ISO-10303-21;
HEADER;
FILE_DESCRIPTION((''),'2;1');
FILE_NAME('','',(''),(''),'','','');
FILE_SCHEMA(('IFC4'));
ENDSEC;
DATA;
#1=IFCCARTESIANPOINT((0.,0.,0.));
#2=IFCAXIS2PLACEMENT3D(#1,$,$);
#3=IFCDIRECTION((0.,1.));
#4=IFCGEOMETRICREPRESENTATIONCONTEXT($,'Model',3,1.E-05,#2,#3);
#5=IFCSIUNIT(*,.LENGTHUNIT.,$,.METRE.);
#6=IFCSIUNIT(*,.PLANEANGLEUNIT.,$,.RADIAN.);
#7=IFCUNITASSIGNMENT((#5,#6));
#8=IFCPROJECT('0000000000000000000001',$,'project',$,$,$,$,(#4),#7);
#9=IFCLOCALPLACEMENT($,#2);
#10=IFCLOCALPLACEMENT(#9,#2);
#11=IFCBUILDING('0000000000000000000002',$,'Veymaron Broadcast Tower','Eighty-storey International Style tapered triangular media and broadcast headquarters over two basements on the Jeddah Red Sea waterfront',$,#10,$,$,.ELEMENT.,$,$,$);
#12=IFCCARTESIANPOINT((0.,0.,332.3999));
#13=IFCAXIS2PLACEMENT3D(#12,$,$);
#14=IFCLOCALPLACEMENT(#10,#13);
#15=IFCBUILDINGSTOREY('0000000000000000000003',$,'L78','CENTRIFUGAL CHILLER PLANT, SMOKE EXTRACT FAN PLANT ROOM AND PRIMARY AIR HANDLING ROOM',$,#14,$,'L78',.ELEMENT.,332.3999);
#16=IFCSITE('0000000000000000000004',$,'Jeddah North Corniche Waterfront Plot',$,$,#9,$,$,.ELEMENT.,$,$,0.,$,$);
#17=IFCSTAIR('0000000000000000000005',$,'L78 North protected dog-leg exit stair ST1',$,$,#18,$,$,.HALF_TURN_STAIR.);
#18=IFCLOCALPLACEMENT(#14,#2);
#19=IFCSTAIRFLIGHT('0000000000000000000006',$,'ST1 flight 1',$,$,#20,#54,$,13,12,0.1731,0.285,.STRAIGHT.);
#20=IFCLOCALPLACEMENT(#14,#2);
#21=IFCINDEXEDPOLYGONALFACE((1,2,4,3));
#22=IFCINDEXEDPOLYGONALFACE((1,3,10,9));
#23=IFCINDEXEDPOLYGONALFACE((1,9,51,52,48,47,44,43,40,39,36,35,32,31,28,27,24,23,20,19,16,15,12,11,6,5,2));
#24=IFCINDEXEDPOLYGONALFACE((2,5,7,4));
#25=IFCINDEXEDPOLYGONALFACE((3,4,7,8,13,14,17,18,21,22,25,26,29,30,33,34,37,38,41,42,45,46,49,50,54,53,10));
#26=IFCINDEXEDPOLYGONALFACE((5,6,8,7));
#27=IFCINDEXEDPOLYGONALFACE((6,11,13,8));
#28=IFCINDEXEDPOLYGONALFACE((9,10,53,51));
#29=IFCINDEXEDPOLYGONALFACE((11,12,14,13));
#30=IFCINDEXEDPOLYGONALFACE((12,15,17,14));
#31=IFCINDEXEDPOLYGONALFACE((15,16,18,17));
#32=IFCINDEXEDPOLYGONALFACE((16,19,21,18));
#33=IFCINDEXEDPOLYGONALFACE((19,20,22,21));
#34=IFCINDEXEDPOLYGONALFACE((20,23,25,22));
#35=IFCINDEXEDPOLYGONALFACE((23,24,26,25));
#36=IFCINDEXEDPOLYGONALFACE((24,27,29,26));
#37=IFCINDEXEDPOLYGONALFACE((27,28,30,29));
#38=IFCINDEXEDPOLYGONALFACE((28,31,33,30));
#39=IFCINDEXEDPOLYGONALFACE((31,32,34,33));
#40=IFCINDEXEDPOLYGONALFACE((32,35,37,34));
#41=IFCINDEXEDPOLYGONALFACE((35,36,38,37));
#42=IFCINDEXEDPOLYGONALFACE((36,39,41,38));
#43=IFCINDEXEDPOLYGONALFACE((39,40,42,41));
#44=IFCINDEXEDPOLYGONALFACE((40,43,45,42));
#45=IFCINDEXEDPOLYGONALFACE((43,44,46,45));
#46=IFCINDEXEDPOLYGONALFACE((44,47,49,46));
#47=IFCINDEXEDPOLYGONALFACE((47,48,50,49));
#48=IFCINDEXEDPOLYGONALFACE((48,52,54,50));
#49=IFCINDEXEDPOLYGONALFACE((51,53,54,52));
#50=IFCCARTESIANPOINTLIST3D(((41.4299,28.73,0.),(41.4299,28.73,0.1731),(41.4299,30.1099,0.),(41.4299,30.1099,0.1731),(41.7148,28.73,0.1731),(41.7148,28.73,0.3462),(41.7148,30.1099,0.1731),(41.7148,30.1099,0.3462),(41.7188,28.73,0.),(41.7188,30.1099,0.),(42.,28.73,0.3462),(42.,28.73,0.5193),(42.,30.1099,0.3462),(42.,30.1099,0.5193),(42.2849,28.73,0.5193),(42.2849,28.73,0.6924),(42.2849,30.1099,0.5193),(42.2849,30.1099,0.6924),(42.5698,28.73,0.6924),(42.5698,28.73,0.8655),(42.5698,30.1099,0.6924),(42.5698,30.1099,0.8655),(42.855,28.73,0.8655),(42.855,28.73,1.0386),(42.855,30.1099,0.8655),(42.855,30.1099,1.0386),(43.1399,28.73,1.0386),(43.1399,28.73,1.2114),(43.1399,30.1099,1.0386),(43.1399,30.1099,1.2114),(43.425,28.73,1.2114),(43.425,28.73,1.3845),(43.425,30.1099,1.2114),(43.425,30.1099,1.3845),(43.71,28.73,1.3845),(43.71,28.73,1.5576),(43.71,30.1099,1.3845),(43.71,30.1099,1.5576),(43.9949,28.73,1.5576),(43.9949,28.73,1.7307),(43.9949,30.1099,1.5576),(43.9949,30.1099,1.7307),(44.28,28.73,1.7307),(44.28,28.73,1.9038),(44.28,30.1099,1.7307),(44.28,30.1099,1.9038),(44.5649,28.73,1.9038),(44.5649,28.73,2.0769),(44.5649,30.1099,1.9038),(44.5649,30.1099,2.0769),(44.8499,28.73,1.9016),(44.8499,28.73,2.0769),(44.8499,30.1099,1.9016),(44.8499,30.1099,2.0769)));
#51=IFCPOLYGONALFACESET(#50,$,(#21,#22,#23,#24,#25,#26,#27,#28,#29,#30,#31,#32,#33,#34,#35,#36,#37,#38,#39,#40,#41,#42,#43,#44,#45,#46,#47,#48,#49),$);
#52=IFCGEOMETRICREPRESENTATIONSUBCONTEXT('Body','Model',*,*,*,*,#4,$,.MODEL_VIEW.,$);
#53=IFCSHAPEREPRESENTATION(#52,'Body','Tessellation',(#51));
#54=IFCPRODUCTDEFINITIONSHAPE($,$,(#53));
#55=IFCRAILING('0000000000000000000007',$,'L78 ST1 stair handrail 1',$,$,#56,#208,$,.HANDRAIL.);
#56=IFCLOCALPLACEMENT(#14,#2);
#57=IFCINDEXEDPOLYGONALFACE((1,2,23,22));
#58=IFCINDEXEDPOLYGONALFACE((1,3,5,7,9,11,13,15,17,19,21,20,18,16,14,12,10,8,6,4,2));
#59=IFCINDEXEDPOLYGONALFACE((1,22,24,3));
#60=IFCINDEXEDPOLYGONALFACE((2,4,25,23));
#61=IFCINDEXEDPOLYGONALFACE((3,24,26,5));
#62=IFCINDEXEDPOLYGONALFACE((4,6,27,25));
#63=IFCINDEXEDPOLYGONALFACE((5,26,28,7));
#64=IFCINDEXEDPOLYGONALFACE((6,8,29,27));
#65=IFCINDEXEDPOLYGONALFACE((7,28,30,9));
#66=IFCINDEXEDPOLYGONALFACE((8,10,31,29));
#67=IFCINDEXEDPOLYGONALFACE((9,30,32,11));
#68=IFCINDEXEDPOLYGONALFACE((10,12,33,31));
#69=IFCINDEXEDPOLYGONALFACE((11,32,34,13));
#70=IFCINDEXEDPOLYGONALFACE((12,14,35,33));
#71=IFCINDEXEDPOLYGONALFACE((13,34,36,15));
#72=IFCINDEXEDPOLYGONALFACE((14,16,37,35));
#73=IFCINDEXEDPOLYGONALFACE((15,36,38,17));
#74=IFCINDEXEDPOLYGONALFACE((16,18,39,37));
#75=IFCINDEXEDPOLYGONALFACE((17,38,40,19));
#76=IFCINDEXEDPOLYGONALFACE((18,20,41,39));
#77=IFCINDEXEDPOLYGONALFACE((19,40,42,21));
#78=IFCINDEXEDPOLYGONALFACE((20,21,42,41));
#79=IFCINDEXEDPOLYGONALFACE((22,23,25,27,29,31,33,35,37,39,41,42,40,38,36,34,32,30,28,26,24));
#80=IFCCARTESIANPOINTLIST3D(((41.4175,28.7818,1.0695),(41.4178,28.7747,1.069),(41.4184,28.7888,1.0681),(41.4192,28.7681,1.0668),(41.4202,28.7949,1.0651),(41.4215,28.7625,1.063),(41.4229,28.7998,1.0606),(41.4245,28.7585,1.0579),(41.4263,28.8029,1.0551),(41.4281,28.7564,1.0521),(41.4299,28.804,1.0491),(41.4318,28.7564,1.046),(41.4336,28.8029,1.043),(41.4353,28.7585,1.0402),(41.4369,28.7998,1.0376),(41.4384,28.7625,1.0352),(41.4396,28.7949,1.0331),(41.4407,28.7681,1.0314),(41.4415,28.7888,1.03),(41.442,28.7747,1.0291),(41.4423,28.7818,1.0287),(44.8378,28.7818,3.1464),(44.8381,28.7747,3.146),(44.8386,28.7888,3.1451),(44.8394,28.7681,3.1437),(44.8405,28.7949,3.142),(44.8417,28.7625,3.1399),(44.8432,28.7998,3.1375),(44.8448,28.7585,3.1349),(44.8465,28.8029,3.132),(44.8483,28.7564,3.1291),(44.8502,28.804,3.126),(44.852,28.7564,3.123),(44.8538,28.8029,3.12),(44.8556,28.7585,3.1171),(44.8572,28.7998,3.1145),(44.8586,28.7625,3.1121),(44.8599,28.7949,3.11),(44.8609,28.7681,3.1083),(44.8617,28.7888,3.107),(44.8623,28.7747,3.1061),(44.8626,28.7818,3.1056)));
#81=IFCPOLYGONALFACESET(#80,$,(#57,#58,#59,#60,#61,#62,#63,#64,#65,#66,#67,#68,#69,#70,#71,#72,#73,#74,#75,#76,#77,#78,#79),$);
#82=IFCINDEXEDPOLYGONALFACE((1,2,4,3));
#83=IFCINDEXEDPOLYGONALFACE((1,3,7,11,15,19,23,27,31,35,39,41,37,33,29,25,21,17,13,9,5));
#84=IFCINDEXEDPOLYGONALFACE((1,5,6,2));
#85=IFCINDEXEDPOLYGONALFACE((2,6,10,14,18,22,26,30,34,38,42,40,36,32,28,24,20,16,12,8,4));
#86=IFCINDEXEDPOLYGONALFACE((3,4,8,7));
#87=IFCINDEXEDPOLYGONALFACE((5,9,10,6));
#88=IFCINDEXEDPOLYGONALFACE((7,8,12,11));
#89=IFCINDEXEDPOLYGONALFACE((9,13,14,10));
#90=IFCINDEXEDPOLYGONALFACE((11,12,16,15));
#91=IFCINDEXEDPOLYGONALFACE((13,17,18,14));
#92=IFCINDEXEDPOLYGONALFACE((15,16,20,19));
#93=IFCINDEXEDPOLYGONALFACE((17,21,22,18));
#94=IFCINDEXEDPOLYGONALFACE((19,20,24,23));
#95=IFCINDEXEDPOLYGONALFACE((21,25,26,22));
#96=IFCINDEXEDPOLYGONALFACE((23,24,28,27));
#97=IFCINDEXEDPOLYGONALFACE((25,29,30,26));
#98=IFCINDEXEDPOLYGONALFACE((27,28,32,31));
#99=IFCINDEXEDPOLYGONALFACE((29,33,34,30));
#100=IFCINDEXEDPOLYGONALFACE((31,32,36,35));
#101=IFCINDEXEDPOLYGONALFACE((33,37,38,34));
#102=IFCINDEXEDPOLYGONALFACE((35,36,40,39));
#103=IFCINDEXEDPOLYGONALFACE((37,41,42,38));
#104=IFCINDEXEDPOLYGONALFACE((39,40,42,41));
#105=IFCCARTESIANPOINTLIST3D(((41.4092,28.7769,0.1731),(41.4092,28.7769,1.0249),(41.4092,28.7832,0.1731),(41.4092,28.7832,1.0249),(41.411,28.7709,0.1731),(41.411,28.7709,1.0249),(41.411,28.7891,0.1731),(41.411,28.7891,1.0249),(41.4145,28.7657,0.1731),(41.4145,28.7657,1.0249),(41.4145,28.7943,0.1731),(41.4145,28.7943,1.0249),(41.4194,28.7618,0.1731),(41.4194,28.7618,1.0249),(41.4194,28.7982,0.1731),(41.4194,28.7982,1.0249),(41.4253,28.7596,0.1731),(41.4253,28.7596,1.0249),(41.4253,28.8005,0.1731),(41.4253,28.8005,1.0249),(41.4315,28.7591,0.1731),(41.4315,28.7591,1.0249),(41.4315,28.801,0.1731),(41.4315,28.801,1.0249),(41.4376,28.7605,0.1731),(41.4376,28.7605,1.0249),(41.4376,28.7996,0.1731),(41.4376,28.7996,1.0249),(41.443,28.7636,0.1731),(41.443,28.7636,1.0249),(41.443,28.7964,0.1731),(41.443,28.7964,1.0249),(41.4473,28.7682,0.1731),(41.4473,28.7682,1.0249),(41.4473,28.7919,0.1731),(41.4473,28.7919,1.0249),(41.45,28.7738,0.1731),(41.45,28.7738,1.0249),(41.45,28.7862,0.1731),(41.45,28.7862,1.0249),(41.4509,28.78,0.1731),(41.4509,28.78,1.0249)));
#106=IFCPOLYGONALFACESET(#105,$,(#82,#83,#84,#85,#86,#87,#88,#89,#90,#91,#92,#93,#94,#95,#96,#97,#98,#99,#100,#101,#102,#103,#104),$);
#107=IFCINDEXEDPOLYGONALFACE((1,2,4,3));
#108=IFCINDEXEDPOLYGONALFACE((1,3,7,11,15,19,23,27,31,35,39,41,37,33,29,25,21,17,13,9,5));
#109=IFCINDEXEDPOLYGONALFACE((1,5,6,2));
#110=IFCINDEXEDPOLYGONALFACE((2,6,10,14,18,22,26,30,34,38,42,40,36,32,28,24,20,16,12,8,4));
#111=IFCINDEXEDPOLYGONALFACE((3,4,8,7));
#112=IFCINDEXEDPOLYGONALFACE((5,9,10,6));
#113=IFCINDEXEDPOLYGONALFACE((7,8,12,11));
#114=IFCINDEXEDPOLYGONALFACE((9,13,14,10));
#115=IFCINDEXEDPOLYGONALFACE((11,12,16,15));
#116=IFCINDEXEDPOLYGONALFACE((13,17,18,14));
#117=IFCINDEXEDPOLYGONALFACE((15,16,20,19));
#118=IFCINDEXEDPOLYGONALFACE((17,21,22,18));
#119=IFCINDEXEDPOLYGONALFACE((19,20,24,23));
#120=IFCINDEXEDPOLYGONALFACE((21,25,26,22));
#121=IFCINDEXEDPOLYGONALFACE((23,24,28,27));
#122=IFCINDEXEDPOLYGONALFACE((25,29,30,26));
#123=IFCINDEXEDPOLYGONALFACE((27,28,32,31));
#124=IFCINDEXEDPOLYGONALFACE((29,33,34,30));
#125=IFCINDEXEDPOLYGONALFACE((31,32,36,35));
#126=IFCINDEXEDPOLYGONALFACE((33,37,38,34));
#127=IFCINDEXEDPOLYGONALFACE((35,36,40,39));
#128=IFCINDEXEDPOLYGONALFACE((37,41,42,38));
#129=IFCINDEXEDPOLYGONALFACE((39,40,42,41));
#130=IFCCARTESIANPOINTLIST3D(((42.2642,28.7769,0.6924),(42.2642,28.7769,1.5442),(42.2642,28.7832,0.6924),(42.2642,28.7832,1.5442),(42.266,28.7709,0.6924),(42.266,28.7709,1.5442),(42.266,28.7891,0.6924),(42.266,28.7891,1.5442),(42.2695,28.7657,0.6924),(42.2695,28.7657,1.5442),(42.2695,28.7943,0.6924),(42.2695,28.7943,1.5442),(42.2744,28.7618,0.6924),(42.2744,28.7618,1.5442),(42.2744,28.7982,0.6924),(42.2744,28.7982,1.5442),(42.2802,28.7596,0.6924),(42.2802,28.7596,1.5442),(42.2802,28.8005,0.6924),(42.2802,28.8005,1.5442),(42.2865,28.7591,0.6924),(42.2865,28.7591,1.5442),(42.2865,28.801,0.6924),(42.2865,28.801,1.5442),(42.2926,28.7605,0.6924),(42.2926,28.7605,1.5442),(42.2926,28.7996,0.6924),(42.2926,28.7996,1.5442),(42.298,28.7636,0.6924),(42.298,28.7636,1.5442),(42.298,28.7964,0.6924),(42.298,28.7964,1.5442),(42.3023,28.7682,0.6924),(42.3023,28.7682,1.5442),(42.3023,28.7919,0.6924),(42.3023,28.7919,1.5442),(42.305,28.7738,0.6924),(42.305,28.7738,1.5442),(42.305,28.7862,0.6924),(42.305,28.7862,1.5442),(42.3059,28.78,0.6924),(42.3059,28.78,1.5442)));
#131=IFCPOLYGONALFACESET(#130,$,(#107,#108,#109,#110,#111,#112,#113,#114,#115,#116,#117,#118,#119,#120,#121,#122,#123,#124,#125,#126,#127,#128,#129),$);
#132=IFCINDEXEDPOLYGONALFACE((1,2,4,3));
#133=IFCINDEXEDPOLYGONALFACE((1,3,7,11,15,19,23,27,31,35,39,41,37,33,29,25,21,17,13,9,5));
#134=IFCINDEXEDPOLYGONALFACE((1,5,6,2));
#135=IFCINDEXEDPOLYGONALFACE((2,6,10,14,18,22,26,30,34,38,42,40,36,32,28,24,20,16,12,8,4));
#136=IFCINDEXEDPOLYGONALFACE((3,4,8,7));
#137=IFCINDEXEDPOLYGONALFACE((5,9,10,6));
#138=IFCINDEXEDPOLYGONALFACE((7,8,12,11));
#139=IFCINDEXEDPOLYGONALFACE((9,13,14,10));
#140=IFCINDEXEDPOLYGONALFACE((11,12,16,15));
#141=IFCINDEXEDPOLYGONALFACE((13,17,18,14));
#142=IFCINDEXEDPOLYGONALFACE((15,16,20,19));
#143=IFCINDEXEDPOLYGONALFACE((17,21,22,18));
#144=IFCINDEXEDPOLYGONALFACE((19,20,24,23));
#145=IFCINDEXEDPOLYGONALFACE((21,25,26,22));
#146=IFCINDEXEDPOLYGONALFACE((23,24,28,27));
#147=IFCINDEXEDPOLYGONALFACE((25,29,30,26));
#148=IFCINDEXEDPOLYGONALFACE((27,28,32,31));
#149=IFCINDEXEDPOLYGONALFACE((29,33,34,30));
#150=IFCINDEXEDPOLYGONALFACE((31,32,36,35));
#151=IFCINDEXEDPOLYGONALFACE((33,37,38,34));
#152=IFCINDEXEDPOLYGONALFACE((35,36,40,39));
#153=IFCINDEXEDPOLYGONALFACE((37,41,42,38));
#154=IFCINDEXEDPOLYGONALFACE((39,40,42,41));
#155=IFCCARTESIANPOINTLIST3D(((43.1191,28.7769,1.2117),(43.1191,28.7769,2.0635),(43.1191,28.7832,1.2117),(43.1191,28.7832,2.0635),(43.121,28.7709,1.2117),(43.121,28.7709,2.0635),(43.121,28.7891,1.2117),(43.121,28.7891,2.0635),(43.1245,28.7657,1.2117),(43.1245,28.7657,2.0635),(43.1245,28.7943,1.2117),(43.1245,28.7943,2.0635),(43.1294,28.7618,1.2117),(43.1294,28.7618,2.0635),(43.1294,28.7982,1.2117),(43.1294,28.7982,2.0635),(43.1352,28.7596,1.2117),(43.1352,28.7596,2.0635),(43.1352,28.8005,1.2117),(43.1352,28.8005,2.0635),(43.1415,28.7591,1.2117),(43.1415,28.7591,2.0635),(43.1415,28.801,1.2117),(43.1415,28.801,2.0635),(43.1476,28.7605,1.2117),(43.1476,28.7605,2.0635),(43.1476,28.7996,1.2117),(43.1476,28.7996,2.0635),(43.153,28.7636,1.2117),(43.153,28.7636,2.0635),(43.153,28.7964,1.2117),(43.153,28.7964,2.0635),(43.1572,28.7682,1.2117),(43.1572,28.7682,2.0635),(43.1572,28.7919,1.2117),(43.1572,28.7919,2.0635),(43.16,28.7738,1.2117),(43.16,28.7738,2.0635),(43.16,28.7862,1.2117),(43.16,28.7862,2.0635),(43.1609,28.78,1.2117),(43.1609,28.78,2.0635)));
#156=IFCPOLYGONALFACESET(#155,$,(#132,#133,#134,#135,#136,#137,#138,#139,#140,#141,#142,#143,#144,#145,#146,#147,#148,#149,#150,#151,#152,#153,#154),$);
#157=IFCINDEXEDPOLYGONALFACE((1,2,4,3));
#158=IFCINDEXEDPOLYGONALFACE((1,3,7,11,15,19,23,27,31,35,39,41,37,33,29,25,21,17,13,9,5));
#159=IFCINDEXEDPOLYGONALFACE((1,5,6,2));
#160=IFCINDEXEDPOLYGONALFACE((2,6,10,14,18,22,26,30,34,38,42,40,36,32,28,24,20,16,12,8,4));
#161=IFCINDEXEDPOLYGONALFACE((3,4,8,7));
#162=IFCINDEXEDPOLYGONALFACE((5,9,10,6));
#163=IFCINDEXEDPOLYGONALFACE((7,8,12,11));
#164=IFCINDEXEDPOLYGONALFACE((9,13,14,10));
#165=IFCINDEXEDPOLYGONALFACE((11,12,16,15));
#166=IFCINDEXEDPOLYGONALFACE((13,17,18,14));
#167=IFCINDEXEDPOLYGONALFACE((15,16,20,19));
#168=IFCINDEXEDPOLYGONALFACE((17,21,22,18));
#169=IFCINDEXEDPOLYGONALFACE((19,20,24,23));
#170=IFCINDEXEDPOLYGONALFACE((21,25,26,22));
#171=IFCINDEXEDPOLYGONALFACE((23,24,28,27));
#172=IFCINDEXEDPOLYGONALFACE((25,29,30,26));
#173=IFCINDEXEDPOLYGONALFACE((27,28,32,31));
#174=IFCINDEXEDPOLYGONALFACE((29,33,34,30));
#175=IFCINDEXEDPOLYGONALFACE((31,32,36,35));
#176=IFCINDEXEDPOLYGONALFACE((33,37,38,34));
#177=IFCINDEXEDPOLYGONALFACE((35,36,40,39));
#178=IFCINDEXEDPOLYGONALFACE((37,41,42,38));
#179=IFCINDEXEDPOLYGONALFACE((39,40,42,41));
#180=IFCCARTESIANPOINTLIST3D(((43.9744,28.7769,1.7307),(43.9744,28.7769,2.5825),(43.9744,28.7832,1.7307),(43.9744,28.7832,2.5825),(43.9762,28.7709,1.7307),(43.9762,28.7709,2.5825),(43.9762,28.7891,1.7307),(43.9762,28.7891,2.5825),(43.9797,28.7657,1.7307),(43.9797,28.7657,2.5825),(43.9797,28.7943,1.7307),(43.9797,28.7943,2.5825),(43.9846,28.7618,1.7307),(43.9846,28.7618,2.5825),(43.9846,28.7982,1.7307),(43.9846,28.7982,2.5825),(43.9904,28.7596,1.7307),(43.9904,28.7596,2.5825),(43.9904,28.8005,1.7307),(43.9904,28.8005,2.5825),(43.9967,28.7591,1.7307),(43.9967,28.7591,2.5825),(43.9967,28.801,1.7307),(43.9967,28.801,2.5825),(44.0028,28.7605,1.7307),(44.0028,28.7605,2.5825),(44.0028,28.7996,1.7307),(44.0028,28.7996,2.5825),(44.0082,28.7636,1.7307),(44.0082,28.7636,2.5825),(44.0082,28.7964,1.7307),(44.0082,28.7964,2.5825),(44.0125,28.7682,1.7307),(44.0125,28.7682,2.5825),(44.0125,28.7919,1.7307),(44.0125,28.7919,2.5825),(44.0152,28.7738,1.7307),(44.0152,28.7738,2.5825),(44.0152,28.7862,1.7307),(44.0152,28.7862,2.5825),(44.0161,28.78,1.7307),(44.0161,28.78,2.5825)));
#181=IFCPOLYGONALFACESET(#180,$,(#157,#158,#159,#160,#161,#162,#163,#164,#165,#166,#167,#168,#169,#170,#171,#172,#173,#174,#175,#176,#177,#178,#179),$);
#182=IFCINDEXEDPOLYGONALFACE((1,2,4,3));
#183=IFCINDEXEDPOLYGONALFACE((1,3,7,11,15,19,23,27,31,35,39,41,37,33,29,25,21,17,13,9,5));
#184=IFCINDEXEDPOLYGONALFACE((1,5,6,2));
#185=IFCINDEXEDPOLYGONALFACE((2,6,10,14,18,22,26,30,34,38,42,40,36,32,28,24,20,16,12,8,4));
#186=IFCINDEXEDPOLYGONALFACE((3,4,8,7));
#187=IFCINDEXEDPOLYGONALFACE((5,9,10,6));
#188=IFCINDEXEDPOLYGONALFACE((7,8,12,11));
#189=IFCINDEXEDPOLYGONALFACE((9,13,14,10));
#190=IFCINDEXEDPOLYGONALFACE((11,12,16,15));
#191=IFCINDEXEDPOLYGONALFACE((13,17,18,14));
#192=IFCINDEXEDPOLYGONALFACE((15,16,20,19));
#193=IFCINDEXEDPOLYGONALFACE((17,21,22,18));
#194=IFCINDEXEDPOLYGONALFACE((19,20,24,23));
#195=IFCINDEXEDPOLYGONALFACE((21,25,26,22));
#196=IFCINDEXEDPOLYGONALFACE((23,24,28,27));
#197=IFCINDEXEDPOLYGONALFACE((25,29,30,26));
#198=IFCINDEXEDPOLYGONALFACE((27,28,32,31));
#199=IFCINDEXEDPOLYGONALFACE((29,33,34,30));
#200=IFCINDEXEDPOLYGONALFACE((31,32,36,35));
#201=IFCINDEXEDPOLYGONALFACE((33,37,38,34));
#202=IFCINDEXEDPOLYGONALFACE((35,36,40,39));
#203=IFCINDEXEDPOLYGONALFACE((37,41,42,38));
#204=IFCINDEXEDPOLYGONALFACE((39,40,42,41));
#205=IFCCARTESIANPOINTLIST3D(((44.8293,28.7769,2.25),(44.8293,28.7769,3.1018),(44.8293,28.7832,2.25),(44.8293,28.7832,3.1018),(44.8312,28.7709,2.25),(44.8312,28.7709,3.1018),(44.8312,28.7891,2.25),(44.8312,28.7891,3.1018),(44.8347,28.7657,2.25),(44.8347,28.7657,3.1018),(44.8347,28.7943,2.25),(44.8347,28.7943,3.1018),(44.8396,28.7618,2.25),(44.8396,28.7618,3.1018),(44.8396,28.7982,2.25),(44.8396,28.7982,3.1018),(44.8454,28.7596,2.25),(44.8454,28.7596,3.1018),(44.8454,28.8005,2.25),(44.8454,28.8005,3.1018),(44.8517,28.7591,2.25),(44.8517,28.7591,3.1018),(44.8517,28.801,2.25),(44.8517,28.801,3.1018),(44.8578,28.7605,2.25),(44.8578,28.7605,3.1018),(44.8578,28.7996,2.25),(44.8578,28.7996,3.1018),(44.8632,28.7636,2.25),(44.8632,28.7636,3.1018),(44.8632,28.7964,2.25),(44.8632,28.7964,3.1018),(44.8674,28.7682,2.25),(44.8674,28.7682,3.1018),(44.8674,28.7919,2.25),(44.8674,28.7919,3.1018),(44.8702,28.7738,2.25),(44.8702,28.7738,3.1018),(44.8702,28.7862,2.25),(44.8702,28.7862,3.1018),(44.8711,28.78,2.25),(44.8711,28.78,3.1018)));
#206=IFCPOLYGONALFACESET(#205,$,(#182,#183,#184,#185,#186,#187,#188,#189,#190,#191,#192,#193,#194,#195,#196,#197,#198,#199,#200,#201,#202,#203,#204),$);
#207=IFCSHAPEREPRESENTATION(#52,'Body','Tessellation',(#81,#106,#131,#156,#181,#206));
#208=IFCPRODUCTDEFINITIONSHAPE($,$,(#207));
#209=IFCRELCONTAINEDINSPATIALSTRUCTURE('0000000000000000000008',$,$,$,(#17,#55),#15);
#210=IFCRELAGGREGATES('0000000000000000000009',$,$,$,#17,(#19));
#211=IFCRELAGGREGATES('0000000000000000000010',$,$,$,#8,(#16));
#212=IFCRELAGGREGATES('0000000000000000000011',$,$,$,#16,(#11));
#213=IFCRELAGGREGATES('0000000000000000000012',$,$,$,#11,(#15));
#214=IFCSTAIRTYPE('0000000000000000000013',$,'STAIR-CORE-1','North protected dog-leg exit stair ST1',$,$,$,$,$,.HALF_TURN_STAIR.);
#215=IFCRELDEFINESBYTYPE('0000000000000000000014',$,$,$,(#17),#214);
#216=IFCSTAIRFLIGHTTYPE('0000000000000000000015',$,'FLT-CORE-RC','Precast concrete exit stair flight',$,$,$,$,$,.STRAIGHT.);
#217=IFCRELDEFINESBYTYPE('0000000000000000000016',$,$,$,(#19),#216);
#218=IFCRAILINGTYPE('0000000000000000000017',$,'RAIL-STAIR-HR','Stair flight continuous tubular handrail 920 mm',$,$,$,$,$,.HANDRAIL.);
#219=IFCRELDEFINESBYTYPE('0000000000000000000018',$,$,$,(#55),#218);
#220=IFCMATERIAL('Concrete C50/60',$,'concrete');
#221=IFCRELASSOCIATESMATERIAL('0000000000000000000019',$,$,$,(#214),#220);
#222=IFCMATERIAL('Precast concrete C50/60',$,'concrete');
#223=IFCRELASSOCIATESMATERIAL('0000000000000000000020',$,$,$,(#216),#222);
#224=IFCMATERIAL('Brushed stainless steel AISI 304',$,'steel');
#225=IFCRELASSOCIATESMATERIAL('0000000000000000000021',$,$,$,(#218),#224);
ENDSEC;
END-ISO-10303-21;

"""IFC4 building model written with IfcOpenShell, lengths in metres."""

from ifc_helpers import new_model, si_unit, direction, frame, origin, origin_2d, place, context, subcontext, project, spatial, polyline, circle, outline, extrude, material, type_object, element, aggregate, save


model = new_model("IFC4")

# Units and contexts
model_context = context("Model", 3, precision=1e-05, world=origin(), true_north=direction((0.0, 1.0)))
body_context = subcontext(model_context, "Body", "Model", "MODEL_VIEW")
ifc_project = project(units=[si_unit("LENGTHUNIT", "METRE"), si_unit("PLANEANGLEUNIT", "RADIAN")], contexts=[model_context])

# Site, building, storey
site_placement = place(None, origin())
site = spatial("IfcSite", under=ifc_project, at=site_placement, Name="Jeddah North Corniche Waterfront Plot", CompositionType="ELEMENT", RefElevation=0.0)
building_placement = place(site_placement, origin())
building = spatial("IfcBuilding", under=site, at=building_placement, Name="Veymaron Broadcast Tower", Description="Eighty-storey International Style tapered triangular media and broadcast headquarters over two basements on the Jeddah Red Sea waterfront", CompositionType="ELEMENT")
storey_placement = place(building_placement, frame((0.0, 0.0, 332.3999)))
storey = spatial("IfcBuildingStorey", under=building, at=storey_placement, Name="L78", Description="CENTRIFUGAL CHILLER PLANT, SMOKE EXTRACT FAN PLANT ROOM AND PRIMARY AIR HANDLING ROOM", LongName="L78", CompositionType="ELEMENT", Elevation=332.3999)

# Shared definitions
ifc_material_1 = material(Name="Concrete C50/60", Category="concrete")

# Stair, stair flight
stair_type = type_object("IfcStairType", Name="STAIR-CORE-1", Description="North protected dog-leg exit stair ST1", PredefinedType="HALF_TURN_STAIR", material=ifc_material_1)
stair_placement = place(storey_placement, origin())
stair = element("IfcStair", 1, at=stair_placement, inside=storey, type_object=stair_type, Name="L78 North protected dog-leg exit stair ST1", PredefinedType="HALF_TURN_STAIR")
ifc_material_2 = material(Name="Precast concrete C50/60", Category="concrete")
stair_flight_type = type_object("IfcStairFlightType", Name="FLT-CORE-RC", Description="Precast concrete exit stair flight", PredefinedType="STRAIGHT", material=ifc_material_2)
stair_flight_placement = place(storey_placement, frame((41.4299, 29.4199, 0.0), z_axis=(0.0, 0.0, 1.0), x_axis=(1.0, 0.0, 0.0)))
stair_flight = element("IfcStairFlight", 2, at=stair_flight_placement, type_object=stair_flight_type, Name="ST1 flight 1", NumberOfRisers=13, NumberOfTreads=12, PredefinedType="STRAIGHT", RiserHeight=0.1731, TreadLength=0.285, context=body_context, shape_type="SweptSolid", body=[
    extrude(outline(polyline([(0.0, 0.0), (0.0, 0.1731), (0.2849, 0.1731), (0.2849, 0.3462), (0.5701, 0.3462), (0.5701, 0.5193), (0.855, 0.5193), (0.855, 0.6924), (1.1399, 0.6924), (1.1399, 0.8655), (1.425, 0.8655), (1.425, 1.0386), (1.71, 1.0386), (1.71, 1.2114), (1.9951, 1.2114), (1.9951, 1.3845), (2.28, 1.3845), (2.28, 1.5576), (2.5649, 1.5576), (2.5649, 1.7307), (2.8501, 1.7307), (2.8501, 1.9038), (3.135, 1.9038), (3.135, 2.0769), (3.4199, 2.0769), (3.4199, 2.25), (3.4199, 1.9016), (0.2888, 0.0), (0.0, 0.0)])), frame((0.0, 0.6899, 0.0), z_axis=(0.0, -1.0, 0.0), x_axis=(1.0, 0.0, 0.0)), (0.0, 0.0, 1.0), 1.3799),
])
aggregate(stair, [stair_flight])

# Railing
ifc_material_3 = material(Name="Brushed stainless steel AISI 304", Category="steel")
railing_type_1 = type_object("IfcRailingType", Name="RAIL-STAIR-HR", Description="Stair flight continuous tubular handrail 920 mm", PredefinedType="HANDRAIL", material=ifc_material_3)
railing_1_placement = place(storey_placement, frame((41.4299, 28.78, 0.1731)))
element("IfcRailing", 3, at=railing_1_placement, inside=storey, type_object=railing_type_1, Name="L78 ST1 stair handrail 1", PredefinedType="HANDRAIL", context=body_context, shape_type="SweptSolid", body=[
    extrude(circle(Radius=0.0239, at=origin_2d()), frame((0.0, 0.0, 0.876), z_axis=(0.854746, 0.0, 0.519047), x_axis=(0.0, 1.0, 0.0)), (0.0, 0.0, 1.0), 4.0015),
    extrude(circle(Radius=0.021, at=origin_2d()), origin(), (0.0, 0.0, 1.0), 0.8518),
    extrude(circle(Radius=0.021, at=origin_2d()), frame((0.855, 0.0, 0.5193)), (0.0, 0.0, 1.0), 0.8518),
    extrude(circle(Radius=0.021, at=origin_2d()), frame((1.71, 0.0, 1.0386)), (0.0, 0.0, 1.0), 0.8518),
    extrude(circle(Radius=0.021, at=origin_2d()), frame((2.5652, 0.0, 1.5576)), (0.0, 0.0, 1.0), 0.8518),
    extrude(circle(Radius=0.021, at=origin_2d()), frame((3.4202, 0.0, 2.0769)), (0.0, 0.0, 1.0), 0.8518),
])

save(model, "model.ifc")
